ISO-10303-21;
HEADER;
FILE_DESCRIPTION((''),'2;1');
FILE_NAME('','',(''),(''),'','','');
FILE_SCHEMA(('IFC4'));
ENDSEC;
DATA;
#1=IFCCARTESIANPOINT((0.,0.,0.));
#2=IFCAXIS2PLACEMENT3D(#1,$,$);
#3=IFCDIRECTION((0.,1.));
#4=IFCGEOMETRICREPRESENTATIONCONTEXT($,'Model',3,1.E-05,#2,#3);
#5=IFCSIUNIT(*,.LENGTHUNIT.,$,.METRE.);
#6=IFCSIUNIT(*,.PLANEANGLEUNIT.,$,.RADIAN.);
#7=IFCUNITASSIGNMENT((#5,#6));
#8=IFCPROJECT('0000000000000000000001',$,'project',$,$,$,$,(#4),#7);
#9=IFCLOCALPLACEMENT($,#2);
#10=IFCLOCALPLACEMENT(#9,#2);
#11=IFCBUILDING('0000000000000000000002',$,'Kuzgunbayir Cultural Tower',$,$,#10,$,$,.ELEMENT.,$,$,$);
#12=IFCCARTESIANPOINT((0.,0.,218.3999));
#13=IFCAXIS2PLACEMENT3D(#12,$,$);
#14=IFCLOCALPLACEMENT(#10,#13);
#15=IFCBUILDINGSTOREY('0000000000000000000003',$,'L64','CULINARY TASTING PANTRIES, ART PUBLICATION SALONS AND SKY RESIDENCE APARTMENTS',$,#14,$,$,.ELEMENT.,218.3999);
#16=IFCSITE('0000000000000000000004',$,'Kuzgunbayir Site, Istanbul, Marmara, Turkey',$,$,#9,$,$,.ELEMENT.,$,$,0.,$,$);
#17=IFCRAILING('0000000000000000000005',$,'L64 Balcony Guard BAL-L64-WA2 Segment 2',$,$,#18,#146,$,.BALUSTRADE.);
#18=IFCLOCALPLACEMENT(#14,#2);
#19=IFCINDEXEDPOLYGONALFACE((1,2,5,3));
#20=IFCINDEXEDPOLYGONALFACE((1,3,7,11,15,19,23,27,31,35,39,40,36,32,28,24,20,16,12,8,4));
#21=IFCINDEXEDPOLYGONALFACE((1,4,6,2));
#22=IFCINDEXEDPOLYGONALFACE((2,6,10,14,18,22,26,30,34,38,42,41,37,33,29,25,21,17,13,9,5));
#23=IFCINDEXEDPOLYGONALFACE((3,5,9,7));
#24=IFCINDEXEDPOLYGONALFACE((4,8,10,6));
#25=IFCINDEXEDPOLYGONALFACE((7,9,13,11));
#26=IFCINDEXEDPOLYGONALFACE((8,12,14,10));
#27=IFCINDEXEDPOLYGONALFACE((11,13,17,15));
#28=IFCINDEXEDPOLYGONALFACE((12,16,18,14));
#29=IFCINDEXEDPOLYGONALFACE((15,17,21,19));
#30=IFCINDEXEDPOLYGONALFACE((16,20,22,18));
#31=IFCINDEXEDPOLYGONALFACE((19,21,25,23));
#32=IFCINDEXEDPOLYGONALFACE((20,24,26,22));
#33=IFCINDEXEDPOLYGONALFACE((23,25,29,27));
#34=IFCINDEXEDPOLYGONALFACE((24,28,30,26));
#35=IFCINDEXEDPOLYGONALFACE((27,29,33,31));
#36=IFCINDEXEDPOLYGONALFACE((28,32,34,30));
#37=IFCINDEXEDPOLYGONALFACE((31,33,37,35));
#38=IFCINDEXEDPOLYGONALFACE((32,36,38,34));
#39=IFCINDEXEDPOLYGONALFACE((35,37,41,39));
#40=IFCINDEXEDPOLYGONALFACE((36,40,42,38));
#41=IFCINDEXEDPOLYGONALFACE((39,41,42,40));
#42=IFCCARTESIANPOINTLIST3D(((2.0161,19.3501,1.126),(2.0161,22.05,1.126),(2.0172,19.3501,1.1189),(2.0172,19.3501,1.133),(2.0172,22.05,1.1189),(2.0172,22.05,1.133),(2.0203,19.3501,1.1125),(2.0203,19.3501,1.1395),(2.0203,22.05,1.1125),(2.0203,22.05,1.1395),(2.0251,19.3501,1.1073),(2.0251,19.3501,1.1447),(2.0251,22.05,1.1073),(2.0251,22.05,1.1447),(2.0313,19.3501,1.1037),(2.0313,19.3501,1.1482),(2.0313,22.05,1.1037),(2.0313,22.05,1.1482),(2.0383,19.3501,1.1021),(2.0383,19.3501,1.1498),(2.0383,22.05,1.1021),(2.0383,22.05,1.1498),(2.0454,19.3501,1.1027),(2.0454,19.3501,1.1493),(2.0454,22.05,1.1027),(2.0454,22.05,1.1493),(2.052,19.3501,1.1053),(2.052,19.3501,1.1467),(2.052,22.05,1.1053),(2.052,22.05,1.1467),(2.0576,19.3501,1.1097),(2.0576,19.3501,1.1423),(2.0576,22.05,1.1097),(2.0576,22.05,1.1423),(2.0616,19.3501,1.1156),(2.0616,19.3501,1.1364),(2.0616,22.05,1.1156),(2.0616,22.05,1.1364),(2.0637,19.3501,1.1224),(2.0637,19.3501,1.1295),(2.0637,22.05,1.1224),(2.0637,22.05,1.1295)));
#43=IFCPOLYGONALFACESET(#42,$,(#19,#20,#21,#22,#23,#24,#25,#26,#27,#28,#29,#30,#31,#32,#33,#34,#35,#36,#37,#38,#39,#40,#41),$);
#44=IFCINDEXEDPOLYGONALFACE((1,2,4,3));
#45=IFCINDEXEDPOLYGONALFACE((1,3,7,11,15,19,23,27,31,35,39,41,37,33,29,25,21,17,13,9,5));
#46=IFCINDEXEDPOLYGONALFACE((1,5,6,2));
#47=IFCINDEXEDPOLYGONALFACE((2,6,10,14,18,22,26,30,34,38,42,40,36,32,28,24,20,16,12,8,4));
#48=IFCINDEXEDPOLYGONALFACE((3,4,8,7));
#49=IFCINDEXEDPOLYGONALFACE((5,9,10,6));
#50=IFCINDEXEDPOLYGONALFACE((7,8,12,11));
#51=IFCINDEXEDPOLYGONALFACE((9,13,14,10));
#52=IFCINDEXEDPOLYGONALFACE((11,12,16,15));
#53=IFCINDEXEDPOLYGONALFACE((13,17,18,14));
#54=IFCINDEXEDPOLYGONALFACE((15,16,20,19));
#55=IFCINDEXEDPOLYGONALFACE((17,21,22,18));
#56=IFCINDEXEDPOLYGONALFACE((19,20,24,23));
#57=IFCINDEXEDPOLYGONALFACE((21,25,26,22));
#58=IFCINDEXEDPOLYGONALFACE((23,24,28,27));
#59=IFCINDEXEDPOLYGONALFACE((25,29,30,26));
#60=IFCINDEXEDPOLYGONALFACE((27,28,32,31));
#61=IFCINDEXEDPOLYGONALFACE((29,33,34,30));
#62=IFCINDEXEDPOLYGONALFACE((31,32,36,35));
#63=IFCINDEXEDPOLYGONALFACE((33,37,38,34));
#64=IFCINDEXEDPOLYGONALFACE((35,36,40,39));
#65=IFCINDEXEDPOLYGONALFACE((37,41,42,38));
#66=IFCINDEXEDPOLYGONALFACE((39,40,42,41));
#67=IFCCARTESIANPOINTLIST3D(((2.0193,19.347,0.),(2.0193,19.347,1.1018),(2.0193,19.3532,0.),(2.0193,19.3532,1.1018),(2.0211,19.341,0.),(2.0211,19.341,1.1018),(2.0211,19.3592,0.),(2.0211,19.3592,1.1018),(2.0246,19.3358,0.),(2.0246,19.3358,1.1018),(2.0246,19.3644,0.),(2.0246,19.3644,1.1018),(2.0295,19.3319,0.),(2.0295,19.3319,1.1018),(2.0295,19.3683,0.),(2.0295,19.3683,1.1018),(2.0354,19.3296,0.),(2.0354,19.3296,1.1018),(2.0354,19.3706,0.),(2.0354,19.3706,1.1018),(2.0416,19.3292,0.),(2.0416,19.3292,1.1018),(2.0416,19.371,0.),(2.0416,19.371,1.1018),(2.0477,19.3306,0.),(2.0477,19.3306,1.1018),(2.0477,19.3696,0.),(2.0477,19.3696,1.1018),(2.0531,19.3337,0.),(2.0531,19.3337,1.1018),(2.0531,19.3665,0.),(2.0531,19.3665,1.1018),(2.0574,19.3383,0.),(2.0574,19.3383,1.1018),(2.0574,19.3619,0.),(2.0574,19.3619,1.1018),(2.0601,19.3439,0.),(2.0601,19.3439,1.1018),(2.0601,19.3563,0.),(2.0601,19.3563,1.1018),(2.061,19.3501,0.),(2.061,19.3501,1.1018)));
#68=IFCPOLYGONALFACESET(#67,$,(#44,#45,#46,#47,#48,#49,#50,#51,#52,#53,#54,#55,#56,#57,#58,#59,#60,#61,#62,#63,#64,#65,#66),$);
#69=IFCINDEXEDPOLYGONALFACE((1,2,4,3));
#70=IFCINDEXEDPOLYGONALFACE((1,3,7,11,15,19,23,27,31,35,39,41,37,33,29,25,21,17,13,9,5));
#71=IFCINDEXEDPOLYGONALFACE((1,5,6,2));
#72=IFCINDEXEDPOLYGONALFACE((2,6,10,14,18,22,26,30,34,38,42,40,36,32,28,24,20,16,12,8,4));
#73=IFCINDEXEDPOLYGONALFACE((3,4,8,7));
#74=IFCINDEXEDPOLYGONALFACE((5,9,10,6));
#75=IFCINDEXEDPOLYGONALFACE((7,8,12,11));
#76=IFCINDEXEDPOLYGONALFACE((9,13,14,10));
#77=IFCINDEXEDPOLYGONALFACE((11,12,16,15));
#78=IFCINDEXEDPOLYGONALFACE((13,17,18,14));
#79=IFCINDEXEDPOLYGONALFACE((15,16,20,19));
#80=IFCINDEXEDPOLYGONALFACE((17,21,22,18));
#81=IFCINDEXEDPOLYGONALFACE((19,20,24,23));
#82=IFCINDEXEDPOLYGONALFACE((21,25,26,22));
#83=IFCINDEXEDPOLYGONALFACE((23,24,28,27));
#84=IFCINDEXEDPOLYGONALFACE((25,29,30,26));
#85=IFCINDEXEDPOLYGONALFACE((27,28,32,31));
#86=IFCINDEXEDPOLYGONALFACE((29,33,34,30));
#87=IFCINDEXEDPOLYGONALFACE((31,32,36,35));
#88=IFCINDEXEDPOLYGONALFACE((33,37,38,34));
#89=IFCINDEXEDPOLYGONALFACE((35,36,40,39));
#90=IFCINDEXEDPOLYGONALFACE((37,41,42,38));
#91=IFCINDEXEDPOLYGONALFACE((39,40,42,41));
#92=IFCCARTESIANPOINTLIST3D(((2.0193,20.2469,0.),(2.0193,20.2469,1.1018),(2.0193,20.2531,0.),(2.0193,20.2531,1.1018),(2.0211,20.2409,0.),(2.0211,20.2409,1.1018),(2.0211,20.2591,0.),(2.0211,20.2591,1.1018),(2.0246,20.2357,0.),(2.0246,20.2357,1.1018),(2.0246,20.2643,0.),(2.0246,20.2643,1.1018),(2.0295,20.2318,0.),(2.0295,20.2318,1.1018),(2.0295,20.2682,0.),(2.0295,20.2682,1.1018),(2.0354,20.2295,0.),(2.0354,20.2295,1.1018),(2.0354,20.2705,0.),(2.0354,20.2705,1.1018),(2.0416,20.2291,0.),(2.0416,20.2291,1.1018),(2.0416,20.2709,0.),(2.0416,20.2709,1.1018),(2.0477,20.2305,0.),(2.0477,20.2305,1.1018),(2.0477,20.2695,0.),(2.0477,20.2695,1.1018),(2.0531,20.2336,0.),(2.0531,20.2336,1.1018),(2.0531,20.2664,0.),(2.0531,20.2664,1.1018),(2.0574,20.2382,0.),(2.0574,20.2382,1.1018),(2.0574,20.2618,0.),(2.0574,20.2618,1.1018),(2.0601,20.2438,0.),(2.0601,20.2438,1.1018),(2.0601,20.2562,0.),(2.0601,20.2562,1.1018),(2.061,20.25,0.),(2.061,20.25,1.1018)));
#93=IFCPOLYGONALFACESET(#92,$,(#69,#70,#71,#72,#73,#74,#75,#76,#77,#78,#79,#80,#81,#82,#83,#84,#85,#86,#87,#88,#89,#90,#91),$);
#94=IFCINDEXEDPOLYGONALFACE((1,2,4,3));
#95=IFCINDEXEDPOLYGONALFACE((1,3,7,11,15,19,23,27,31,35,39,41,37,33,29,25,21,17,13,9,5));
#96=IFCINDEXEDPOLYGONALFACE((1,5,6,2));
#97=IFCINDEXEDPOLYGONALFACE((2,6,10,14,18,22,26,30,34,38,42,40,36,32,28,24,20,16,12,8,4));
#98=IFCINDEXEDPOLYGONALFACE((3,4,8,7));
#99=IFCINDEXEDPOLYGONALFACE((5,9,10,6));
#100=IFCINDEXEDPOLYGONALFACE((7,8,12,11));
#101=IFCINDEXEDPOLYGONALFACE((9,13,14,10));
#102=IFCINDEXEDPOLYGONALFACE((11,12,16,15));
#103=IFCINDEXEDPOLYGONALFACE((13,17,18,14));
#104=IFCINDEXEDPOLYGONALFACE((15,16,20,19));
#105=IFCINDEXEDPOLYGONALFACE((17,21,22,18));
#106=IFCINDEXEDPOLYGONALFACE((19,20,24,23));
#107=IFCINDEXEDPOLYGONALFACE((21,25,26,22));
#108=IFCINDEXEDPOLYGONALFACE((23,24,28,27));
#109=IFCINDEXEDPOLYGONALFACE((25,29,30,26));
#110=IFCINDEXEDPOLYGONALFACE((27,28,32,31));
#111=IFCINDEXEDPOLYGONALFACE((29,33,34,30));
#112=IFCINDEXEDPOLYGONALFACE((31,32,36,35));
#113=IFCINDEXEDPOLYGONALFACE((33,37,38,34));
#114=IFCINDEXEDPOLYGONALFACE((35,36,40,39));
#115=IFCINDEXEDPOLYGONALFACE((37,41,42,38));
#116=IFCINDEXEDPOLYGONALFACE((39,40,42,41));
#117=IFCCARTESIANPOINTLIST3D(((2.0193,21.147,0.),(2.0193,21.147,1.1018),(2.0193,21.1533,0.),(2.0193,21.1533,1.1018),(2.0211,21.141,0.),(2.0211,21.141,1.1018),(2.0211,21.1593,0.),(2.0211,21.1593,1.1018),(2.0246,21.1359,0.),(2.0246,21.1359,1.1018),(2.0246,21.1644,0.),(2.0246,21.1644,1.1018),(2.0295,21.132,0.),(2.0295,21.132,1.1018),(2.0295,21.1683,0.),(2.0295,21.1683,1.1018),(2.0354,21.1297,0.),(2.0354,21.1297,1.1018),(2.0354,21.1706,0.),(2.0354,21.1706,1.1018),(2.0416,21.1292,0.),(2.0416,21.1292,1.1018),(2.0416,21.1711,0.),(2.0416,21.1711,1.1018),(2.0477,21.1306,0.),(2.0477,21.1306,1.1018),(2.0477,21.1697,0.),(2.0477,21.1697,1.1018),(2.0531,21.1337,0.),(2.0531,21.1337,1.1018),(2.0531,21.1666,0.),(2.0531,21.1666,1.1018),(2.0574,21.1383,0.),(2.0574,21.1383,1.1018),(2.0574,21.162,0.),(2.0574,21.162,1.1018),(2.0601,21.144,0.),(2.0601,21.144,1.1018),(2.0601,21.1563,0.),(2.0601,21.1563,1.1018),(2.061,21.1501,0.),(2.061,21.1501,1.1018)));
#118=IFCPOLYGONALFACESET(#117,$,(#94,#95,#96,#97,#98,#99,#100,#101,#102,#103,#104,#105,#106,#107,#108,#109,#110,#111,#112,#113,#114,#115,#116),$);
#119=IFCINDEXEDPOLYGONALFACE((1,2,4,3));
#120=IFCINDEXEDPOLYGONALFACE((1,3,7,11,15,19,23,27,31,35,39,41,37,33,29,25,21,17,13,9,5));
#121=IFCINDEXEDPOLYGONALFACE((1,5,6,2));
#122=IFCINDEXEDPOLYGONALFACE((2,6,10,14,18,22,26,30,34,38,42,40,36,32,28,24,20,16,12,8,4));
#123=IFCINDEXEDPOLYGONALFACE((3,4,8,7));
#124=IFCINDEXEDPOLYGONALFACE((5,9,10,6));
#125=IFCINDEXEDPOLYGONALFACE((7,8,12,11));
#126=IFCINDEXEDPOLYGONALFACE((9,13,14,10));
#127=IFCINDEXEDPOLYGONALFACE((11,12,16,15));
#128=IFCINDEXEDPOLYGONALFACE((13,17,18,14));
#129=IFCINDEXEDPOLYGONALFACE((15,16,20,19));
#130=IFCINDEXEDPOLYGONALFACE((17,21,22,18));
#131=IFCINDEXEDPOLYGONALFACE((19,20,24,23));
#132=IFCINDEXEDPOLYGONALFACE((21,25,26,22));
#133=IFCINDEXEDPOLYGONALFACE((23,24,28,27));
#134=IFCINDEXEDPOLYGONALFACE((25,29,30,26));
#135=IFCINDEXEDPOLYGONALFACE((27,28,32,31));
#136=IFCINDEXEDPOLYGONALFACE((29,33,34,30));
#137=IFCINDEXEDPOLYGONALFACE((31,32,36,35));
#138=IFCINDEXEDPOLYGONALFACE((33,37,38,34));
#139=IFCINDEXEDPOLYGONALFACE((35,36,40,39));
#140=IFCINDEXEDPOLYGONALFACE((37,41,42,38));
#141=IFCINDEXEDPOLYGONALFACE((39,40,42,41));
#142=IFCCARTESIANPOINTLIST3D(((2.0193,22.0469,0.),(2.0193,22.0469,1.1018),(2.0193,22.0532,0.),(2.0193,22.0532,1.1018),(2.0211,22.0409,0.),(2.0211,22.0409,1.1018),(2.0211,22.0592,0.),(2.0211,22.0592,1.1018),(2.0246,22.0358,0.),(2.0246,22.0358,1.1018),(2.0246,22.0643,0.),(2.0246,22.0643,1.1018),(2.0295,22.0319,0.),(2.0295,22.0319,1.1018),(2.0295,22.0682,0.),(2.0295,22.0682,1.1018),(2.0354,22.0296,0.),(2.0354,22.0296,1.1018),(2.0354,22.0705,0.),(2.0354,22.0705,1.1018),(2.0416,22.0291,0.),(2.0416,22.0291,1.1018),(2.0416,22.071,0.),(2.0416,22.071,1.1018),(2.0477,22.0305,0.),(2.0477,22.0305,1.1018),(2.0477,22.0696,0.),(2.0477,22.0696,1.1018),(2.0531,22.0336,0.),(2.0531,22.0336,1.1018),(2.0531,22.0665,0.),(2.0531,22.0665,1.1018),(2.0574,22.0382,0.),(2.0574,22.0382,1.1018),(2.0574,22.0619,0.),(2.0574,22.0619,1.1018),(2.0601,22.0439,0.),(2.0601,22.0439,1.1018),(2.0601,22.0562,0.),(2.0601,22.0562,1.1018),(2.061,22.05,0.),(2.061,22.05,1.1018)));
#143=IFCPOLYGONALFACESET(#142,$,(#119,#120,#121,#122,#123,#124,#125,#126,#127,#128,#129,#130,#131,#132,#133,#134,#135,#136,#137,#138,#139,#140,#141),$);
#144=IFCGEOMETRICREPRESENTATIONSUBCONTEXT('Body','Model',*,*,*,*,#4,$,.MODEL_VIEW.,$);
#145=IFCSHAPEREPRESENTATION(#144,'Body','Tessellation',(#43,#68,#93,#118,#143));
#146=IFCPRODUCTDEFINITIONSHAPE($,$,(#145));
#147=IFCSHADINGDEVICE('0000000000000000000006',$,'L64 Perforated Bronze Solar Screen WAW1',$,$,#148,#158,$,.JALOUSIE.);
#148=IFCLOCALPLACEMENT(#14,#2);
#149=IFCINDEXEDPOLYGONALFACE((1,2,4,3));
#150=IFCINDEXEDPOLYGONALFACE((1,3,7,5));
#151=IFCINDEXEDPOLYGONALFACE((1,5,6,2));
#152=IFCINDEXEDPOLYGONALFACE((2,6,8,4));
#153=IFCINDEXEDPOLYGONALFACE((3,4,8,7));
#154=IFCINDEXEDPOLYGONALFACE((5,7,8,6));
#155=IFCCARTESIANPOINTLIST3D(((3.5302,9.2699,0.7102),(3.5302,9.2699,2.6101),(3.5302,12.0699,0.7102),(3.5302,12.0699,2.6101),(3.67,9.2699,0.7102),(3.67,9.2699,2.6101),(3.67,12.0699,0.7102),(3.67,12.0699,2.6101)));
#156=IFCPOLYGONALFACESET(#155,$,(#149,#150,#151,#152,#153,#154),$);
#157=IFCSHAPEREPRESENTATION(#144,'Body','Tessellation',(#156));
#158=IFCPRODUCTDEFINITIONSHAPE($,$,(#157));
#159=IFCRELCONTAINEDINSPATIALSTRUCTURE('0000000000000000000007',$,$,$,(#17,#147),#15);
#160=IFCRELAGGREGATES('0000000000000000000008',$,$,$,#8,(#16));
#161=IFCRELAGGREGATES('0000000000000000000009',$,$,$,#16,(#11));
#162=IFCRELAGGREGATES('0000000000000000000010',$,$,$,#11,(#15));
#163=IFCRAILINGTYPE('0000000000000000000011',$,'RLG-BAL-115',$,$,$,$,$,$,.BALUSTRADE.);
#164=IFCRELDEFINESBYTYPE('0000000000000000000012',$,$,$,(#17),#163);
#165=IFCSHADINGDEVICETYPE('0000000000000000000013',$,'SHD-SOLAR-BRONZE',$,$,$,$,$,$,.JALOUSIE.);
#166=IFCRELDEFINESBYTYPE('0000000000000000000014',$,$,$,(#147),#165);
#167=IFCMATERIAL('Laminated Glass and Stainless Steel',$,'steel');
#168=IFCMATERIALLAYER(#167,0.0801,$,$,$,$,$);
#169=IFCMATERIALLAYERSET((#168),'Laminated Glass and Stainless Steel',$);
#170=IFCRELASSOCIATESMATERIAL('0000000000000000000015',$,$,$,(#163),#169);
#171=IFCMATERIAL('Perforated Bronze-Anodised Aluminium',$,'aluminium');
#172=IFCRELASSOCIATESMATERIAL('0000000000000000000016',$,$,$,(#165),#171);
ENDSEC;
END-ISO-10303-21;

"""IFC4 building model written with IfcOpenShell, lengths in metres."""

from ifc_helpers import new_model, si_unit, direction, frame, origin, origin_2d, place, context, subcontext, project, spatial, rectangle, circle, extrude, material, layer, layer_set, type_object, element, save


model = new_model("IFC4")

# Units and contexts
model_context = context("Model", 3, precision=1e-05, world=origin(), true_north=direction((0.0, 1.0)))
body_context = subcontext(model_context, "Body", "Model", "MODEL_VIEW")
ifc_project = project(units=[si_unit("LENGTHUNIT", "METRE"), si_unit("PLANEANGLEUNIT", "RADIAN")], contexts=[model_context])

# Site, building, storey
site_placement = place(None, origin())
site = spatial("IfcSite", under=ifc_project, at=site_placement, Name="Kuzgunbayir Site, Istanbul, Marmara, Turkey", CompositionType="ELEMENT", RefElevation=0.0)
building_placement = place(site_placement, origin())
building = spatial("IfcBuilding", under=site, at=building_placement, Name="Kuzgunbayir Cultural Tower", CompositionType="ELEMENT")
storey_placement = place(building_placement, frame((0.0, 0.0, 218.3999)))
storey = spatial("IfcBuildingStorey", under=building, at=storey_placement, Name="L64", Description="CULINARY TASTING PANTRIES, ART PUBLICATION SALONS AND SKY RESIDENCE APARTMENTS", CompositionType="ELEMENT", Elevation=218.3999)

# Railing
ifc_material_1 = material(Name="Laminated Glass and Stainless Steel", Category="steel")
ifc_layer_1 = layer(ifc_material_1, 0.0801)
ifc_layer_set_1 = layer_set([ifc_layer_1], Name="Laminated Glass and Stainless Steel")
railing_type = type_object("IfcRailingType", Name="RLG-BAL-115", PredefinedType="BALUSTRADE", material=ifc_layer_set_1)
railing_1_placement = place(storey_placement, frame((2.04, 19.3501, 0.0)))
element("IfcRailing", 1, at=railing_1_placement, inside=storey, type_object=railing_type, Name="L64 Balcony Guard BAL-L64-WA2 Segment 2", PredefinedType="BALUSTRADE", context=body_context, shape_type="SweptSolid", body=[
    extrude(circle(Radius=0.0239, at=origin_2d()), frame((0.0, 0.0, 1.126), z_axis=(0.0, 1.0, 0.0), x_axis=(-1.0, 0.0, 0.0)), (0.0, 0.0, 1.0), 2.7),
    extrude(circle(Radius=0.021, at=origin_2d()), origin(), (0.0, 0.0, 1.0), 1.1018),
    extrude(circle(Radius=0.021, at=origin_2d()), frame((0.0, 0.8999, 0.0)), (0.0, 0.0, 1.0), 1.1018),
    extrude(circle(Radius=0.021, at=origin_2d()), frame((0.0, 1.8, 0.0)), (0.0, 0.0, 1.0), 1.1018),
    extrude(circle(Radius=0.021, at=origin_2d()), frame((0.0, 2.7, 0.0)), (0.0, 0.0, 1.0), 1.1018),
])

# Shading device
ifc_material_2 = material(Name="Perforated Bronze-Anodised Aluminium", Category="aluminium")
shading_device_type = type_object("IfcShadingDeviceType", Name="SHD-SOLAR-BRONZE", PredefinedType="JALOUSIE", material=ifc_material_2)
shading_device_placement = place(storey_placement, frame((3.6001, 10.6699, 0.7102), z_axis=(0.0, 0.0, 1.0), x_axis=(1.0, 0.0, 0.0)))
element("IfcShadingDevice", 2, at=shading_device_placement, inside=storey, type_object=shading_device_type, Name="L64 Perforated Bronze Solar Screen WAW1", PredefinedType="JALOUSIE", context=body_context, shape_type="SweptSolid", body=[
    extrude(rectangle(XDim=0.1399, YDim=2.8, at=origin_2d()), origin(), (0.0, 0.0, 1.0), 1.8999),
])

save(model, "model.ifc")
